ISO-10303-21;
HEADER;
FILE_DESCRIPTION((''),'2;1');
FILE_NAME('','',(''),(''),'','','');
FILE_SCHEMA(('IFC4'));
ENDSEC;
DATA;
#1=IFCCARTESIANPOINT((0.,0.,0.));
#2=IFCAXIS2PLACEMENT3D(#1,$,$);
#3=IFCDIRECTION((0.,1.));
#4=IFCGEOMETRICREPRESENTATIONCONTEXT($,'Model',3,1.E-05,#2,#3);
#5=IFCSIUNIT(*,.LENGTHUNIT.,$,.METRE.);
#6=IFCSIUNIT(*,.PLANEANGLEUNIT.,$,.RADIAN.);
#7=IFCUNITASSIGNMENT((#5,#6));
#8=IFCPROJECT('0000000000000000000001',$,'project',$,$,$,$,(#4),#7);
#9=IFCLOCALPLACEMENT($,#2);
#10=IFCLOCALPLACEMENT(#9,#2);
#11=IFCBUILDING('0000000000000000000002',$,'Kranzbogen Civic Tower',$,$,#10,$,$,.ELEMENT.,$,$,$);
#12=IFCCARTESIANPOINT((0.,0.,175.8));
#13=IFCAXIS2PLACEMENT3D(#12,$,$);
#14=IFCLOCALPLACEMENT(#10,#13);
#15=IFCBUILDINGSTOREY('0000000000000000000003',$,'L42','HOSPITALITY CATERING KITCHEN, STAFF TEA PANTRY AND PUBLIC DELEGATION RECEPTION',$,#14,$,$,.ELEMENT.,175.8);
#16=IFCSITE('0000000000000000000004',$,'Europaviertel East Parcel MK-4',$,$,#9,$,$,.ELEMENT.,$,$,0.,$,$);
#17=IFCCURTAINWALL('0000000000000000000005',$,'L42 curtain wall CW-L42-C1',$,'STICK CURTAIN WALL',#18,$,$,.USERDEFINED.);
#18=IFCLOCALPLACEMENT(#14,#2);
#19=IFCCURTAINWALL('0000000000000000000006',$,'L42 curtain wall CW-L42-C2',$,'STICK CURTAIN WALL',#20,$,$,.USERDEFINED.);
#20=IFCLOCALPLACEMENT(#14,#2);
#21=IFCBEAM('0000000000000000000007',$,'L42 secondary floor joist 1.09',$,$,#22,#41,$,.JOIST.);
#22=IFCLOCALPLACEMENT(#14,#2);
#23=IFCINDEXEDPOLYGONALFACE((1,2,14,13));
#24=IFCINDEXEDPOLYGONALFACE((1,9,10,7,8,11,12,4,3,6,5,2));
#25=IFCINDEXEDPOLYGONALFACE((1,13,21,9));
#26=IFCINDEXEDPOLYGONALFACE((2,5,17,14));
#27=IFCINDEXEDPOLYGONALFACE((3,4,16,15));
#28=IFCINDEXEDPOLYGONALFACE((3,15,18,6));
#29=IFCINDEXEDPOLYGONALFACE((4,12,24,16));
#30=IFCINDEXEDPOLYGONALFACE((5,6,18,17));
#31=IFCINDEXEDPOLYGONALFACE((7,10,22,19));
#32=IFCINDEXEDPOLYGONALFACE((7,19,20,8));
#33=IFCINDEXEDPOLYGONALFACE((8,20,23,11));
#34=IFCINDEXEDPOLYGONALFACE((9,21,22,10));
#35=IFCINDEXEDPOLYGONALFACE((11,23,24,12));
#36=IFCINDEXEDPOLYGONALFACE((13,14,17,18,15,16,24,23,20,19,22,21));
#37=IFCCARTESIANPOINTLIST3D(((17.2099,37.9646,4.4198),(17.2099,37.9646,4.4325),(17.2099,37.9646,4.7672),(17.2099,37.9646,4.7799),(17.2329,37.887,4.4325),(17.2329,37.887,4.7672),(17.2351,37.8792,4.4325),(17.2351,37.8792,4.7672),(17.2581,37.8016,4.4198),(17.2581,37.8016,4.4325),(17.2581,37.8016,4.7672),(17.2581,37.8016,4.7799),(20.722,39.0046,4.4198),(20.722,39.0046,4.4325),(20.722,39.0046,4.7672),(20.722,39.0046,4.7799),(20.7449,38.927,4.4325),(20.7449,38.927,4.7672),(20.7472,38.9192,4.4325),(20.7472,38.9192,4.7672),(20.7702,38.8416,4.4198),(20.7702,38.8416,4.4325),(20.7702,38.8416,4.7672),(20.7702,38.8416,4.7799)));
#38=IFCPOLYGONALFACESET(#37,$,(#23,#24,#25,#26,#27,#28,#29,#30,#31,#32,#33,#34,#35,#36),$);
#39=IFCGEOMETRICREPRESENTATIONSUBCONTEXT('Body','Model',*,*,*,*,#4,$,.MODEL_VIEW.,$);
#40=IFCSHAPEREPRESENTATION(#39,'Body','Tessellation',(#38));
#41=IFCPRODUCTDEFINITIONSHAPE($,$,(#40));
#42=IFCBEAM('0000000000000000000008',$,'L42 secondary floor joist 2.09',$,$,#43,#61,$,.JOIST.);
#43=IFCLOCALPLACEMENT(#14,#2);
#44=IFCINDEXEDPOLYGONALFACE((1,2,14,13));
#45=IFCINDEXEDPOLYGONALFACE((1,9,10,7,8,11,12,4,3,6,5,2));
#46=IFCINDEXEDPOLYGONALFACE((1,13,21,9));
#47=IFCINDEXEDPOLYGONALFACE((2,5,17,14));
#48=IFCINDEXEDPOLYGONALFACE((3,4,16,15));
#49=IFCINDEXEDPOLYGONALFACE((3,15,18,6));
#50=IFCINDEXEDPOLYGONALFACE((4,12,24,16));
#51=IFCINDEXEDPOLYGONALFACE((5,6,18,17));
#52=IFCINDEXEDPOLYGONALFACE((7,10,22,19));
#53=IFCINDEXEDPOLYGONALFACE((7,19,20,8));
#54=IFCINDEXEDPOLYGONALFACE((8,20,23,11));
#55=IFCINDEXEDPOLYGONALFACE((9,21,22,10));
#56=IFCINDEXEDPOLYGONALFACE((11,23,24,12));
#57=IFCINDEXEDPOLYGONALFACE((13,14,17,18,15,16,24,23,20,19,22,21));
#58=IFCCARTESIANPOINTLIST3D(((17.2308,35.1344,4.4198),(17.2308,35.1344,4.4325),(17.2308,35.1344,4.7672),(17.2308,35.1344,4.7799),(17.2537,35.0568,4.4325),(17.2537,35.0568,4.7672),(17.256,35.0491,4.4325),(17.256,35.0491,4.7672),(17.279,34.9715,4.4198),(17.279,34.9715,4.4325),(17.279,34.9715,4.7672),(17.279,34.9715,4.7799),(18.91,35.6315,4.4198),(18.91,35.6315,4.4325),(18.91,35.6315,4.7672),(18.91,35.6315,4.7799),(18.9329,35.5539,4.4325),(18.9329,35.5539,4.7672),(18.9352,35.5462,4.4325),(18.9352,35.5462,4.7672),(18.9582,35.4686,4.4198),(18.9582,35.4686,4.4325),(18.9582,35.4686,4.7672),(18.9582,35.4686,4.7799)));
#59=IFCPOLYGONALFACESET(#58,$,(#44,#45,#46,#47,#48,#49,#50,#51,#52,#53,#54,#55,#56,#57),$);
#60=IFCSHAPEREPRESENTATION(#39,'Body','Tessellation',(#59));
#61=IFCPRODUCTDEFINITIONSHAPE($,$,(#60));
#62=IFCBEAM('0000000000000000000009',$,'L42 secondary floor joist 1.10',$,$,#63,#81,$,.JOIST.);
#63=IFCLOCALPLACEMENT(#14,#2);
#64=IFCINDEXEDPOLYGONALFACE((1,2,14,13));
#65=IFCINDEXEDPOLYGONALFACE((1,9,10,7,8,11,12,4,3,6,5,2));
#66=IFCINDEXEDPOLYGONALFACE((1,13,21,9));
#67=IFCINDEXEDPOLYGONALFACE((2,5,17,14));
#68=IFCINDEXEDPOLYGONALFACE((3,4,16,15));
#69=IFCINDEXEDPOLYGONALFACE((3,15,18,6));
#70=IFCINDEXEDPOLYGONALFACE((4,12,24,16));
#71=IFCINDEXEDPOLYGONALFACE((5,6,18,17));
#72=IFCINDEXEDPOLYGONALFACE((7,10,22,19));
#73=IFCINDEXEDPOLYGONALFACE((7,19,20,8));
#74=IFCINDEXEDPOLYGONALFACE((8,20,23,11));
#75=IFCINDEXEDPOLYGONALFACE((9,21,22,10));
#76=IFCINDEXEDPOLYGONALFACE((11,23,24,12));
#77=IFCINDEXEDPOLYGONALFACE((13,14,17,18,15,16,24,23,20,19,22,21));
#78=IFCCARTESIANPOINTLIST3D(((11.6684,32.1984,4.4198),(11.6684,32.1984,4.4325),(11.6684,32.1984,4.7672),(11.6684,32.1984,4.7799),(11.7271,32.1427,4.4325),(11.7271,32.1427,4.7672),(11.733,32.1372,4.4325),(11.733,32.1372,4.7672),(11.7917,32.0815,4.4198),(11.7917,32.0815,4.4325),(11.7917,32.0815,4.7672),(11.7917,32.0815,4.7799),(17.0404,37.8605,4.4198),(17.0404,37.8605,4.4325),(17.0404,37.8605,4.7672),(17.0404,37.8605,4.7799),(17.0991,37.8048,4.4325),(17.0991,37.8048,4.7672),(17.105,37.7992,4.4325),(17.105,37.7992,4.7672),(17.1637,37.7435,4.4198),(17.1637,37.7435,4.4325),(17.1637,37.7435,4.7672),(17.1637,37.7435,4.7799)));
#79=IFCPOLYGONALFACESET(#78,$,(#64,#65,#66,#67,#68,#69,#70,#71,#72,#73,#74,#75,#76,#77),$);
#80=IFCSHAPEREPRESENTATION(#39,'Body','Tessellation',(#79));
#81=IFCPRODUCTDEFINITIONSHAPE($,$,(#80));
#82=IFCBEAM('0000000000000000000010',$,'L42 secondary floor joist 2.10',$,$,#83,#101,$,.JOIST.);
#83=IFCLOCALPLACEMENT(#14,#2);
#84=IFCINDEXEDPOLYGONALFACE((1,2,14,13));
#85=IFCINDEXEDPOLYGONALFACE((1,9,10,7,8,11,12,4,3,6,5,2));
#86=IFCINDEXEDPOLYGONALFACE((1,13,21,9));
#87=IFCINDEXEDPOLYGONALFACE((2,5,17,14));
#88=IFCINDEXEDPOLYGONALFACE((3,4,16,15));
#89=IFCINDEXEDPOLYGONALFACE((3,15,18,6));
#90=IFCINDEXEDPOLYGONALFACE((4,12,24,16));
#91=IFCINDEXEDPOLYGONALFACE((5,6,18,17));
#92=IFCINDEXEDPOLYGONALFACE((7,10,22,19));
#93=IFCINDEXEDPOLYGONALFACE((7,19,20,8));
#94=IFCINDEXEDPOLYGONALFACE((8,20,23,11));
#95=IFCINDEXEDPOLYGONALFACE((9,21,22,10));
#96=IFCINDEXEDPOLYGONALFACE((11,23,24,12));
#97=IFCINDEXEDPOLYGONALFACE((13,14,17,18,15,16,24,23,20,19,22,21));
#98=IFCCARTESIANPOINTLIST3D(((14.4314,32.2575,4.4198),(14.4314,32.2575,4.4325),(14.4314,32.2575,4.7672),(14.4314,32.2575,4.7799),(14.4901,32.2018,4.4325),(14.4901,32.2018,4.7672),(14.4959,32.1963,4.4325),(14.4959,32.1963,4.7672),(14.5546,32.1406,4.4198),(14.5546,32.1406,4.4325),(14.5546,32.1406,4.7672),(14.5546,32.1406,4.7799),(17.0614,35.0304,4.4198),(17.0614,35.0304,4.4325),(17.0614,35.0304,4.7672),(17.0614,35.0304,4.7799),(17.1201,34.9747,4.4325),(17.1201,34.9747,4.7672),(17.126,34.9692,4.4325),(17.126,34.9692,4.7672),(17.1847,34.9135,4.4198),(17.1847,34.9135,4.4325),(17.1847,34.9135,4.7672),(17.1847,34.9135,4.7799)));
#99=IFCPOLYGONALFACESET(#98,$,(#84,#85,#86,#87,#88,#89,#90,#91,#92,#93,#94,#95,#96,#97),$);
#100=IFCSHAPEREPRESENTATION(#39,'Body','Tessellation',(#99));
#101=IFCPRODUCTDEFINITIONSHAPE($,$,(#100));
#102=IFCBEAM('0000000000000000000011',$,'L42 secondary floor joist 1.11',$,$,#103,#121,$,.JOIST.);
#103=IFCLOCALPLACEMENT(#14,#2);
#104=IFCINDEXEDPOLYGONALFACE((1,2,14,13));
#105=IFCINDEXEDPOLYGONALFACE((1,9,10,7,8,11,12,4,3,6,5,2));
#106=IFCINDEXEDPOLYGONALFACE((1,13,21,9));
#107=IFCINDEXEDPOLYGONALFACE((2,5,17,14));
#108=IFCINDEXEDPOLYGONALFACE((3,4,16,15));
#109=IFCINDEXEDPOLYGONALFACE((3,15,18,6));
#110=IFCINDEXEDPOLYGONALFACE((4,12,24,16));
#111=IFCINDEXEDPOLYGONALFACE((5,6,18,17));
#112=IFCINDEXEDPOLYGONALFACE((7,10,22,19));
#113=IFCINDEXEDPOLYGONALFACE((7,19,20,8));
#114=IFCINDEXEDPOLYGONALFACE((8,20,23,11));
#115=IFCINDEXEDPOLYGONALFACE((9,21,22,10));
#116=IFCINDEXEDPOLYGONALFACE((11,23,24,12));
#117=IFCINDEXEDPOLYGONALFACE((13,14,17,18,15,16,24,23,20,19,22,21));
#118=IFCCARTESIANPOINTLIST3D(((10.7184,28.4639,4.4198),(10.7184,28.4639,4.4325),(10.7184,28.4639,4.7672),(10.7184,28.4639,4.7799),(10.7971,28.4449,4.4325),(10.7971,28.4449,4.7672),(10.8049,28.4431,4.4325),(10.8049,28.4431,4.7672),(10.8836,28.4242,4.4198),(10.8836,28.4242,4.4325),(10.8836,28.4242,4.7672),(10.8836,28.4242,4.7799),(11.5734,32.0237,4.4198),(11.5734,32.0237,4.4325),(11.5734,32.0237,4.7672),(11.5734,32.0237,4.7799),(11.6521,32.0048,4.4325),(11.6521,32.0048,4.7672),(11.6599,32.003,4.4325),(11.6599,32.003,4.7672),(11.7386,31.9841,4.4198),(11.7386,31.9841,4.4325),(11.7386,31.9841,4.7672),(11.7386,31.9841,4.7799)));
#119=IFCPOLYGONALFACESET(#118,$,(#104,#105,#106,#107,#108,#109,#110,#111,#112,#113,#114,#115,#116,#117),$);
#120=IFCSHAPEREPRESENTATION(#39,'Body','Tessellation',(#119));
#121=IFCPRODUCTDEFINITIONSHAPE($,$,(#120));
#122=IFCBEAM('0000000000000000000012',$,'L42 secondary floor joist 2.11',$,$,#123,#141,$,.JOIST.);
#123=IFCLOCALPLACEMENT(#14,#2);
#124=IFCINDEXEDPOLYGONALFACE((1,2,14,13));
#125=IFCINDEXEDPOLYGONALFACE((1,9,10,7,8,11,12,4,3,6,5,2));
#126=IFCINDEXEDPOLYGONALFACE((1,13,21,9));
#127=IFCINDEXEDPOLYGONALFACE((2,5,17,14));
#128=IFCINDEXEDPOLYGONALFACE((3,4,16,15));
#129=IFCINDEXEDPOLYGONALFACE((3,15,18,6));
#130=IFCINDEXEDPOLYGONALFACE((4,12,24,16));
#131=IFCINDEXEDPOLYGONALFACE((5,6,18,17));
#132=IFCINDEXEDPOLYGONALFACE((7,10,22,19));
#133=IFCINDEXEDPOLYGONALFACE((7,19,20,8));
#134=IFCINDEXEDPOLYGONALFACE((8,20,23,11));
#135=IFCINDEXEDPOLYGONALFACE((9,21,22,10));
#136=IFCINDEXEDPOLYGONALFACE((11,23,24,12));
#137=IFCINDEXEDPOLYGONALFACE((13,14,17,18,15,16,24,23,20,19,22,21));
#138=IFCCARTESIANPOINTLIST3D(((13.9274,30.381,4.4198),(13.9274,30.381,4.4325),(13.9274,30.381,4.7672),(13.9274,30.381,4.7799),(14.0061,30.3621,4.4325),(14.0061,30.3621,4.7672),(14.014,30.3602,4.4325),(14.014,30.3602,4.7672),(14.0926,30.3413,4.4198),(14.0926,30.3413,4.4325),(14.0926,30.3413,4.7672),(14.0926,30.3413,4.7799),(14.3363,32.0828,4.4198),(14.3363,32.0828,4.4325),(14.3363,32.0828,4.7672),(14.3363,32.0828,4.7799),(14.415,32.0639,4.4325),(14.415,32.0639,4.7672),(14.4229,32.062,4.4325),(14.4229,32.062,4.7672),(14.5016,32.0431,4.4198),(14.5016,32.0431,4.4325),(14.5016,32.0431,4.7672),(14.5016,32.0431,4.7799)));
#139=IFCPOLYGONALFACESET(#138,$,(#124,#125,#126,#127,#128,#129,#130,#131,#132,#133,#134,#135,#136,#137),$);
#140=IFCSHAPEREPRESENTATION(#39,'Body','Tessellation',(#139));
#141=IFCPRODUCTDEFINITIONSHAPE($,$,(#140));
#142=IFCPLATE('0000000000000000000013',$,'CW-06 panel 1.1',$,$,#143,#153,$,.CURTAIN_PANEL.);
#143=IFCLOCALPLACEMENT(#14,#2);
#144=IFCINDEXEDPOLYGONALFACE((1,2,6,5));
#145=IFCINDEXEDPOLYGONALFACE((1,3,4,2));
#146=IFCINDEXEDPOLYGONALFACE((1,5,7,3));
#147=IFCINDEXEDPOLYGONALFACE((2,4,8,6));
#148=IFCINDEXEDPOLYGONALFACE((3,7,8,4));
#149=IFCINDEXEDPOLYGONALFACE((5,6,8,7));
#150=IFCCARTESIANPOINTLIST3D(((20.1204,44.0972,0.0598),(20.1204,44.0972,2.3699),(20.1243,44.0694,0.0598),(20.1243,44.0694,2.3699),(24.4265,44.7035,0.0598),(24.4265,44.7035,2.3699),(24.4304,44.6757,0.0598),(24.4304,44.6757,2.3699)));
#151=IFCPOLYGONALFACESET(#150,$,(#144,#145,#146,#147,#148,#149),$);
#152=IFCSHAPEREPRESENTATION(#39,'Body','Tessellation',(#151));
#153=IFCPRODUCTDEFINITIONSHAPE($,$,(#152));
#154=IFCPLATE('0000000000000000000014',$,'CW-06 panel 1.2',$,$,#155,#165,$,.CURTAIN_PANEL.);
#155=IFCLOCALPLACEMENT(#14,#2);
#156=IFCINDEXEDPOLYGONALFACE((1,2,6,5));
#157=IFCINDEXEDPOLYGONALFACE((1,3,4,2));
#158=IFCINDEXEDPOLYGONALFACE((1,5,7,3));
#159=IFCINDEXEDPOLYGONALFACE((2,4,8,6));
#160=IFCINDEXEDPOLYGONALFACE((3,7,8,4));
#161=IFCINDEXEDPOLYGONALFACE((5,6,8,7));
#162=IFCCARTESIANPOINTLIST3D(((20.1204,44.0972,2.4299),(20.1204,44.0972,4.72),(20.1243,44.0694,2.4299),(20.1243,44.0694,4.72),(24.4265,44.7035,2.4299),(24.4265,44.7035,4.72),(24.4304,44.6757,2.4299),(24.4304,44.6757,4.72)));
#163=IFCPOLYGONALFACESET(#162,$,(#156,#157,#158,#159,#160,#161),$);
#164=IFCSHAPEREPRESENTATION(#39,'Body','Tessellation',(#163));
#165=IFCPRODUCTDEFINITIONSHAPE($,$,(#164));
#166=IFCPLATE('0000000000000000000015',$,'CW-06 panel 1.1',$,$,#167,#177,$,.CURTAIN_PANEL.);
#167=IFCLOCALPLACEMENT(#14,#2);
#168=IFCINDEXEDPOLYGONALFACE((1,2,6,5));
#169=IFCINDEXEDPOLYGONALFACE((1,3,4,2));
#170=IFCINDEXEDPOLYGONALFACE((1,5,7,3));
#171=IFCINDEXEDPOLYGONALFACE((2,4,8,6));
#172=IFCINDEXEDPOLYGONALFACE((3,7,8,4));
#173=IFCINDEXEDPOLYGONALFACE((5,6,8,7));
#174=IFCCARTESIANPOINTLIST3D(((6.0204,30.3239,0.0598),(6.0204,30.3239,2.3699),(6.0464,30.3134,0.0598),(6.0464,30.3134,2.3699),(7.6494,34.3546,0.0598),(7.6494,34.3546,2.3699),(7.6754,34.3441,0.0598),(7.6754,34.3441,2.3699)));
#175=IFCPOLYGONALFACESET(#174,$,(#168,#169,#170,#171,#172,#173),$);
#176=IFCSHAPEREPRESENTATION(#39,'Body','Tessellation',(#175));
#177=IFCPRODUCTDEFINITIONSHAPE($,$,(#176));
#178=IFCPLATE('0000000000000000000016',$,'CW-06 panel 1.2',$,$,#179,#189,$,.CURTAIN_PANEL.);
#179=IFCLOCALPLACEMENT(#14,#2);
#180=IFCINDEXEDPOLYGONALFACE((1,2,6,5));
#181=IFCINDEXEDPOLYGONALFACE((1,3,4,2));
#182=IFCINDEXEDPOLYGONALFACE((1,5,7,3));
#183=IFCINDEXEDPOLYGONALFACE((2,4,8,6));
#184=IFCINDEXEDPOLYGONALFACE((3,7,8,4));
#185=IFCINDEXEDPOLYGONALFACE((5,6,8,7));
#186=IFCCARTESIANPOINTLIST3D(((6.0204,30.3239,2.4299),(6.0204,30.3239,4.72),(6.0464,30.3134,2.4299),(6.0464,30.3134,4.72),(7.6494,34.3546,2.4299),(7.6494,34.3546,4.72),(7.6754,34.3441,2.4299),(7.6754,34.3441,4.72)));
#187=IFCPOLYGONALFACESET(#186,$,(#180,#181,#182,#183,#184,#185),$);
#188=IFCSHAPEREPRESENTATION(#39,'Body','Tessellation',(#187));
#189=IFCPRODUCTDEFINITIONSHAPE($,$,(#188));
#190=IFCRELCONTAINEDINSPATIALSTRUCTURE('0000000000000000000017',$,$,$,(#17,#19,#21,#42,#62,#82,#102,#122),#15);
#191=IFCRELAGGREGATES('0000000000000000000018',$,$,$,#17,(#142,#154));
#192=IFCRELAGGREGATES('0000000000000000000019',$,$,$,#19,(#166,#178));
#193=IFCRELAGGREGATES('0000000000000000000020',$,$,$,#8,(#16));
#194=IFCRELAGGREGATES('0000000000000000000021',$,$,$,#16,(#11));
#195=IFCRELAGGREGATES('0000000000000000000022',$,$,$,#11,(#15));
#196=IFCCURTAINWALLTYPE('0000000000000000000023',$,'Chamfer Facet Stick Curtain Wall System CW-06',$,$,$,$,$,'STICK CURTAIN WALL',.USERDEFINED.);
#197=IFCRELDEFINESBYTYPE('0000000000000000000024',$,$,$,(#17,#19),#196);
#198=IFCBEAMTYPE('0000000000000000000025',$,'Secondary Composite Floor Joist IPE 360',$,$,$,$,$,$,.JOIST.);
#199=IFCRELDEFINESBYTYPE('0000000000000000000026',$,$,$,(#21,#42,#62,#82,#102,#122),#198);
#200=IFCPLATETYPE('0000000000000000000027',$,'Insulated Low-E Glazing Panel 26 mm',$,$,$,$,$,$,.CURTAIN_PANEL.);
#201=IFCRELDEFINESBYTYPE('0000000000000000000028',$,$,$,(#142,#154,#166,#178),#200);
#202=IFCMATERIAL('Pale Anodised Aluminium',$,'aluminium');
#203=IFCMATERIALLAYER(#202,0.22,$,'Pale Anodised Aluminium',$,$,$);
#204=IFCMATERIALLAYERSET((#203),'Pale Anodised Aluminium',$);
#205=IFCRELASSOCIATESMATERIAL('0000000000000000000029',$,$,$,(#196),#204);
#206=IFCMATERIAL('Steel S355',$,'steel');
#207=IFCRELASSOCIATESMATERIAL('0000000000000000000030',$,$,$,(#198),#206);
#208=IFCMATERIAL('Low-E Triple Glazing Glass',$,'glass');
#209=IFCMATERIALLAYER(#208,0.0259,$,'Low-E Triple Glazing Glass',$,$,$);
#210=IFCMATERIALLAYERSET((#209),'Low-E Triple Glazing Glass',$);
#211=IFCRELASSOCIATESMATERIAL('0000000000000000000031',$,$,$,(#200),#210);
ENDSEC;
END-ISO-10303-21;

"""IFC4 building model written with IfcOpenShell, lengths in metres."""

from ifc_helpers import new_model, si_unit, direction, frame, origin, origin_2d, place, context, subcontext, project, spatial, rectangle, i_section, extrude, material, layer, layer_set, material_profile, profile_set, type_object, element, aggregate, save


model = new_model("IFC4")

# Units and contexts
model_context = context("Model", 3, precision=1e-05, world=origin(), true_north=direction((0.0, 1.0)))
body_context = subcontext(model_context, "Body", "Model", "MODEL_VIEW")
ifc_project = project(units=[si_unit("LENGTHUNIT", "METRE"), si_unit("PLANEANGLEUNIT", "RADIAN")], contexts=[model_context])

# Site, building, storey
site_placement = place(None, origin())
site = spatial("IfcSite", under=ifc_project, at=site_placement, Name="Europaviertel East Parcel MK-4", CompositionType="ELEMENT", RefElevation=0.0)
building_placement = place(site_placement, origin())
building = spatial("IfcBuilding", under=site, at=building_placement, Name="Kranzbogen Civic Tower", CompositionType="ELEMENT")
storey_placement = place(building_placement, frame((0.0, 0.0, 175.8)))
storey = spatial("IfcBuildingStorey", under=building, at=storey_placement, Name="L42", Description="HOSPITALITY CATERING KITCHEN, STAFF TEA PANTRY AND PUBLIC DELEGATION RECEPTION", CompositionType="ELEMENT", Elevation=175.8)

# Shared definitions
ifc_material_1 = material(Name="Steel S355", Category="steel")

# Curtain walls
ifc_material_2 = material(Name="Pale Anodised Aluminium", Category="aluminium")
ifc_layer_1 = layer(ifc_material_2, 0.22, Name="Pale Anodised Aluminium")
ifc_layer_set_1 = layer_set([ifc_layer_1], Name="Pale Anodised Aluminium")
curtain_wall_type_1 = type_object("IfcCurtainWallType", Name="Chamfer Facet Stick Curtain Wall System CW-06", ElementType="STICK CURTAIN WALL", PredefinedType="USERDEFINED", material=ifc_layer_set_1)
curtain_wall_1_placement = place(storey_placement, origin())
curtain_wall_1 = element("IfcCurtainWall", 1, at=curtain_wall_1_placement, inside=storey, type_object=curtain_wall_type_1, Name="L42 curtain wall CW-L42-C1", ObjectType="STICK CURTAIN WALL", PredefinedType="USERDEFINED")
curtain_wall_2_placement = place(storey_placement, origin())
curtain_wall_2 = element("IfcCurtainWall", 2, at=curtain_wall_2_placement, inside=storey, type_object=curtain_wall_type_1, Name="L42 curtain wall CW-L42-C2", ObjectType="STICK CURTAIN WALL", PredefinedType="USERDEFINED")

# Beams
ifc_material_profile_1 = material_profile(ifc_material_1, i_section(OverallWidth=0.1699, OverallDepth=0.3601, WebThickness=0.0081, FlangeThickness=0.0127, at=origin_2d()), Name="IPE 360")
ifc_profile_set_1 = profile_set([ifc_material_profile_1], Name="Steel S355")
beam_type_1 = type_object("IfcBeamType", Name="Secondary Composite Floor Joist IPE 360", PredefinedType="JOIST", material=ifc_profile_set_1)
beam_1_placement = place(storey_placement, frame((20.7461, 38.9231, 4.5999), z_axis=(-0.958844, -0.283934, 0.0), x_axis=(0.283934, -0.958844, 0.0)))
element("IfcBeam", 3, at=beam_1_placement, inside=storey, type_object=beam_type_1, Name="L42 secondary floor joist 1.09", PredefinedType="JOIST", context=body_context, shape_type="SweptSolid", body=[
    extrude(i_section(OverallWidth=0.1699, OverallDepth=0.3601, WebThickness=0.0081, FlangeThickness=0.0127, at=origin_2d()), origin(), (0.0, 0.0, 1.0), 3.6628),
])
beam_2_placement = place(storey_placement, frame((18.9341, 35.55, 4.5999), z_axis=(-0.958871, -0.283841, 0.0), x_axis=(0.283841, -0.958871, 0.0)))
element("IfcBeam", 4, at=beam_2_placement, inside=storey, type_object=beam_type_1, Name="L42 secondary floor joist 2.09", PredefinedType="JOIST", context=body_context, shape_type="SweptSolid", body=[
    extrude(i_section(OverallWidth=0.1699, OverallDepth=0.3601, WebThickness=0.0081, FlangeThickness=0.0127, at=origin_2d()), origin(), (0.0, 0.0, 1.0), 1.7512),
])
beam_3_placement = place(storey_placement, frame((17.1021, 37.802, 4.5999), z_axis=(-0.688282, -0.725443, 0.0), x_axis=(0.725443, -0.688282, 0.0)))
element("IfcBeam", 5, at=beam_3_placement, inside=storey, type_object=beam_type_1, Name="L42 secondary floor joist 1.10", PredefinedType="JOIST", context=body_context, shape_type="SweptSolid", body=[
    extrude(i_section(OverallWidth=0.1699, OverallDepth=0.3601, WebThickness=0.0081, FlangeThickness=0.0127, at=origin_2d()), origin(), (0.0, 0.0, 1.0), 7.8049),
])
beam_4_placement = place(storey_placement, frame((17.123, 34.9719, 4.5999), z_axis=(-0.688175, -0.725545, 0.0), x_axis=(0.725545, -0.688175, 0.0)))
element("IfcBeam", 6, at=beam_4_placement, inside=storey, type_object=beam_type_1, Name="L42 secondary floor joist 2.10", PredefinedType="JOIST", context=body_context, shape_type="SweptSolid", body=[
    extrude(i_section(OverallWidth=0.1699, OverallDepth=0.3601, WebThickness=0.0081, FlangeThickness=0.0127, at=origin_2d()), origin(), (0.0, 0.0, 1.0), 3.8218),
])
beam_5_placement = place(storey_placement, frame((11.656, 32.0039, 4.5999), z_axis=(-0.233534, -0.972349, 0.0), x_axis=(0.972349, -0.233534, 0.0)))
element("IfcBeam", 7, at=beam_5_placement, inside=storey, type_object=beam_type_1, Name="L42 secondary floor joist 1.11", PredefinedType="JOIST", context=body_context, shape_type="SweptSolid", body=[
    extrude(i_section(OverallWidth=0.1699, OverallDepth=0.3601, WebThickness=0.0081, FlangeThickness=0.0127, at=origin_2d()), origin(), (0.0, 0.0, 1.0), 3.6611),
])
beam_6_placement = place(storey_placement, frame((14.4189, 32.063, 4.5999), z_axis=(-0.233631, -0.972325, 0.0), x_axis=(0.972325, -0.233631, 0.0)))
element("IfcBeam", 8, at=beam_6_placement, inside=storey, type_object=beam_type_1, Name="L42 secondary floor joist 2.11", PredefinedType="JOIST", context=body_context, shape_type="SweptSolid", body=[
    extrude(i_section(OverallWidth=0.1699, OverallDepth=0.3601, WebThickness=0.0081, FlangeThickness=0.0127, at=origin_2d()), origin(), (0.0, 0.0, 1.0), 1.7502),
])

# Plates
ifc_material_3 = material(Name="Low-E Triple Glazing Glass", Category="glass")
ifc_layer_2 = layer(ifc_material_3, 0.0259, Name="Low-E Triple Glazing Glass")
ifc_layer_set_2 = layer_set([ifc_layer_2], Name="Low-E Triple Glazing Glass")
plate_type_1 = type_object("IfcPlateType", Name="Insulated Low-E Glazing Panel 26 mm", PredefinedType="CURTAIN_PANEL", material=ifc_layer_set_2)
plate_1_placement = place(storey_placement, frame((22.2754, 44.3865, 0.0598), z_axis=(0.0, 0.0, 1.0), x_axis=(-0.990234, -0.139416, 0.0)))
plate_1 = element("IfcPlate", 9, at=plate_1_placement, type_object=plate_type_1, Name="CW-06 panel 1.1", PredefinedType="CURTAIN_PANEL", context=body_context, shape_type="SweptSolid", body=[
    extrude(rectangle(XDim=4.3486, YDim=0.0281, at=origin_2d()), origin(), (0.0, 0.0, 1.0), 2.3101),
])
plate_2_placement = place(storey_placement, frame((22.2754, 44.3865, 2.4299), z_axis=(0.0, 0.0, 1.0), x_axis=(-0.990234, -0.139416, 0.0)))
plate_2 = element("IfcPlate", 10, at=plate_2_placement, type_object=plate_type_1, Name="CW-06 panel 1.2", PredefinedType="CURTAIN_PANEL", context=body_context, shape_type="SweptSolid", body=[
    extrude(rectangle(XDim=4.3486, YDim=0.0281, at=origin_2d()), origin(), (0.0, 0.0, 1.0), 2.29),
])
aggregate(curtain_wall_1, [plate_1, plate_2])
plate_3_placement = place(storey_placement, frame((6.8479, 32.334, 0.0598), z_axis=(0.0, 0.0, 1.0), x_axis=(-0.374707, -0.927143, 0.0)))
plate_3 = element("IfcPlate", 11, at=plate_3_placement, type_object=plate_type_1, Name="CW-06 panel 1.1", PredefinedType="CURTAIN_PANEL", context=body_context, shape_type="SweptSolid", body=[
    extrude(rectangle(XDim=4.3474, YDim=0.0281, at=origin_2d()), origin(), (0.0, 0.0, 1.0), 2.3101),
])
plate_4_placement = place(storey_placement, frame((6.8479, 32.334, 2.4299), z_axis=(0.0, 0.0, 1.0), x_axis=(-0.374707, -0.927143, 0.0)))
plate_4 = element("IfcPlate", 12, at=plate_4_placement, type_object=plate_type_1, Name="CW-06 panel 1.2", PredefinedType="CURTAIN_PANEL", context=body_context, shape_type="SweptSolid", body=[
    extrude(rectangle(XDim=4.3474, YDim=0.0281, at=origin_2d()), origin(), (0.0, 0.0, 1.0), 2.29),
])
aggregate(curtain_wall_2, [plate_3, plate_4])

save(model, "model.ifc")
